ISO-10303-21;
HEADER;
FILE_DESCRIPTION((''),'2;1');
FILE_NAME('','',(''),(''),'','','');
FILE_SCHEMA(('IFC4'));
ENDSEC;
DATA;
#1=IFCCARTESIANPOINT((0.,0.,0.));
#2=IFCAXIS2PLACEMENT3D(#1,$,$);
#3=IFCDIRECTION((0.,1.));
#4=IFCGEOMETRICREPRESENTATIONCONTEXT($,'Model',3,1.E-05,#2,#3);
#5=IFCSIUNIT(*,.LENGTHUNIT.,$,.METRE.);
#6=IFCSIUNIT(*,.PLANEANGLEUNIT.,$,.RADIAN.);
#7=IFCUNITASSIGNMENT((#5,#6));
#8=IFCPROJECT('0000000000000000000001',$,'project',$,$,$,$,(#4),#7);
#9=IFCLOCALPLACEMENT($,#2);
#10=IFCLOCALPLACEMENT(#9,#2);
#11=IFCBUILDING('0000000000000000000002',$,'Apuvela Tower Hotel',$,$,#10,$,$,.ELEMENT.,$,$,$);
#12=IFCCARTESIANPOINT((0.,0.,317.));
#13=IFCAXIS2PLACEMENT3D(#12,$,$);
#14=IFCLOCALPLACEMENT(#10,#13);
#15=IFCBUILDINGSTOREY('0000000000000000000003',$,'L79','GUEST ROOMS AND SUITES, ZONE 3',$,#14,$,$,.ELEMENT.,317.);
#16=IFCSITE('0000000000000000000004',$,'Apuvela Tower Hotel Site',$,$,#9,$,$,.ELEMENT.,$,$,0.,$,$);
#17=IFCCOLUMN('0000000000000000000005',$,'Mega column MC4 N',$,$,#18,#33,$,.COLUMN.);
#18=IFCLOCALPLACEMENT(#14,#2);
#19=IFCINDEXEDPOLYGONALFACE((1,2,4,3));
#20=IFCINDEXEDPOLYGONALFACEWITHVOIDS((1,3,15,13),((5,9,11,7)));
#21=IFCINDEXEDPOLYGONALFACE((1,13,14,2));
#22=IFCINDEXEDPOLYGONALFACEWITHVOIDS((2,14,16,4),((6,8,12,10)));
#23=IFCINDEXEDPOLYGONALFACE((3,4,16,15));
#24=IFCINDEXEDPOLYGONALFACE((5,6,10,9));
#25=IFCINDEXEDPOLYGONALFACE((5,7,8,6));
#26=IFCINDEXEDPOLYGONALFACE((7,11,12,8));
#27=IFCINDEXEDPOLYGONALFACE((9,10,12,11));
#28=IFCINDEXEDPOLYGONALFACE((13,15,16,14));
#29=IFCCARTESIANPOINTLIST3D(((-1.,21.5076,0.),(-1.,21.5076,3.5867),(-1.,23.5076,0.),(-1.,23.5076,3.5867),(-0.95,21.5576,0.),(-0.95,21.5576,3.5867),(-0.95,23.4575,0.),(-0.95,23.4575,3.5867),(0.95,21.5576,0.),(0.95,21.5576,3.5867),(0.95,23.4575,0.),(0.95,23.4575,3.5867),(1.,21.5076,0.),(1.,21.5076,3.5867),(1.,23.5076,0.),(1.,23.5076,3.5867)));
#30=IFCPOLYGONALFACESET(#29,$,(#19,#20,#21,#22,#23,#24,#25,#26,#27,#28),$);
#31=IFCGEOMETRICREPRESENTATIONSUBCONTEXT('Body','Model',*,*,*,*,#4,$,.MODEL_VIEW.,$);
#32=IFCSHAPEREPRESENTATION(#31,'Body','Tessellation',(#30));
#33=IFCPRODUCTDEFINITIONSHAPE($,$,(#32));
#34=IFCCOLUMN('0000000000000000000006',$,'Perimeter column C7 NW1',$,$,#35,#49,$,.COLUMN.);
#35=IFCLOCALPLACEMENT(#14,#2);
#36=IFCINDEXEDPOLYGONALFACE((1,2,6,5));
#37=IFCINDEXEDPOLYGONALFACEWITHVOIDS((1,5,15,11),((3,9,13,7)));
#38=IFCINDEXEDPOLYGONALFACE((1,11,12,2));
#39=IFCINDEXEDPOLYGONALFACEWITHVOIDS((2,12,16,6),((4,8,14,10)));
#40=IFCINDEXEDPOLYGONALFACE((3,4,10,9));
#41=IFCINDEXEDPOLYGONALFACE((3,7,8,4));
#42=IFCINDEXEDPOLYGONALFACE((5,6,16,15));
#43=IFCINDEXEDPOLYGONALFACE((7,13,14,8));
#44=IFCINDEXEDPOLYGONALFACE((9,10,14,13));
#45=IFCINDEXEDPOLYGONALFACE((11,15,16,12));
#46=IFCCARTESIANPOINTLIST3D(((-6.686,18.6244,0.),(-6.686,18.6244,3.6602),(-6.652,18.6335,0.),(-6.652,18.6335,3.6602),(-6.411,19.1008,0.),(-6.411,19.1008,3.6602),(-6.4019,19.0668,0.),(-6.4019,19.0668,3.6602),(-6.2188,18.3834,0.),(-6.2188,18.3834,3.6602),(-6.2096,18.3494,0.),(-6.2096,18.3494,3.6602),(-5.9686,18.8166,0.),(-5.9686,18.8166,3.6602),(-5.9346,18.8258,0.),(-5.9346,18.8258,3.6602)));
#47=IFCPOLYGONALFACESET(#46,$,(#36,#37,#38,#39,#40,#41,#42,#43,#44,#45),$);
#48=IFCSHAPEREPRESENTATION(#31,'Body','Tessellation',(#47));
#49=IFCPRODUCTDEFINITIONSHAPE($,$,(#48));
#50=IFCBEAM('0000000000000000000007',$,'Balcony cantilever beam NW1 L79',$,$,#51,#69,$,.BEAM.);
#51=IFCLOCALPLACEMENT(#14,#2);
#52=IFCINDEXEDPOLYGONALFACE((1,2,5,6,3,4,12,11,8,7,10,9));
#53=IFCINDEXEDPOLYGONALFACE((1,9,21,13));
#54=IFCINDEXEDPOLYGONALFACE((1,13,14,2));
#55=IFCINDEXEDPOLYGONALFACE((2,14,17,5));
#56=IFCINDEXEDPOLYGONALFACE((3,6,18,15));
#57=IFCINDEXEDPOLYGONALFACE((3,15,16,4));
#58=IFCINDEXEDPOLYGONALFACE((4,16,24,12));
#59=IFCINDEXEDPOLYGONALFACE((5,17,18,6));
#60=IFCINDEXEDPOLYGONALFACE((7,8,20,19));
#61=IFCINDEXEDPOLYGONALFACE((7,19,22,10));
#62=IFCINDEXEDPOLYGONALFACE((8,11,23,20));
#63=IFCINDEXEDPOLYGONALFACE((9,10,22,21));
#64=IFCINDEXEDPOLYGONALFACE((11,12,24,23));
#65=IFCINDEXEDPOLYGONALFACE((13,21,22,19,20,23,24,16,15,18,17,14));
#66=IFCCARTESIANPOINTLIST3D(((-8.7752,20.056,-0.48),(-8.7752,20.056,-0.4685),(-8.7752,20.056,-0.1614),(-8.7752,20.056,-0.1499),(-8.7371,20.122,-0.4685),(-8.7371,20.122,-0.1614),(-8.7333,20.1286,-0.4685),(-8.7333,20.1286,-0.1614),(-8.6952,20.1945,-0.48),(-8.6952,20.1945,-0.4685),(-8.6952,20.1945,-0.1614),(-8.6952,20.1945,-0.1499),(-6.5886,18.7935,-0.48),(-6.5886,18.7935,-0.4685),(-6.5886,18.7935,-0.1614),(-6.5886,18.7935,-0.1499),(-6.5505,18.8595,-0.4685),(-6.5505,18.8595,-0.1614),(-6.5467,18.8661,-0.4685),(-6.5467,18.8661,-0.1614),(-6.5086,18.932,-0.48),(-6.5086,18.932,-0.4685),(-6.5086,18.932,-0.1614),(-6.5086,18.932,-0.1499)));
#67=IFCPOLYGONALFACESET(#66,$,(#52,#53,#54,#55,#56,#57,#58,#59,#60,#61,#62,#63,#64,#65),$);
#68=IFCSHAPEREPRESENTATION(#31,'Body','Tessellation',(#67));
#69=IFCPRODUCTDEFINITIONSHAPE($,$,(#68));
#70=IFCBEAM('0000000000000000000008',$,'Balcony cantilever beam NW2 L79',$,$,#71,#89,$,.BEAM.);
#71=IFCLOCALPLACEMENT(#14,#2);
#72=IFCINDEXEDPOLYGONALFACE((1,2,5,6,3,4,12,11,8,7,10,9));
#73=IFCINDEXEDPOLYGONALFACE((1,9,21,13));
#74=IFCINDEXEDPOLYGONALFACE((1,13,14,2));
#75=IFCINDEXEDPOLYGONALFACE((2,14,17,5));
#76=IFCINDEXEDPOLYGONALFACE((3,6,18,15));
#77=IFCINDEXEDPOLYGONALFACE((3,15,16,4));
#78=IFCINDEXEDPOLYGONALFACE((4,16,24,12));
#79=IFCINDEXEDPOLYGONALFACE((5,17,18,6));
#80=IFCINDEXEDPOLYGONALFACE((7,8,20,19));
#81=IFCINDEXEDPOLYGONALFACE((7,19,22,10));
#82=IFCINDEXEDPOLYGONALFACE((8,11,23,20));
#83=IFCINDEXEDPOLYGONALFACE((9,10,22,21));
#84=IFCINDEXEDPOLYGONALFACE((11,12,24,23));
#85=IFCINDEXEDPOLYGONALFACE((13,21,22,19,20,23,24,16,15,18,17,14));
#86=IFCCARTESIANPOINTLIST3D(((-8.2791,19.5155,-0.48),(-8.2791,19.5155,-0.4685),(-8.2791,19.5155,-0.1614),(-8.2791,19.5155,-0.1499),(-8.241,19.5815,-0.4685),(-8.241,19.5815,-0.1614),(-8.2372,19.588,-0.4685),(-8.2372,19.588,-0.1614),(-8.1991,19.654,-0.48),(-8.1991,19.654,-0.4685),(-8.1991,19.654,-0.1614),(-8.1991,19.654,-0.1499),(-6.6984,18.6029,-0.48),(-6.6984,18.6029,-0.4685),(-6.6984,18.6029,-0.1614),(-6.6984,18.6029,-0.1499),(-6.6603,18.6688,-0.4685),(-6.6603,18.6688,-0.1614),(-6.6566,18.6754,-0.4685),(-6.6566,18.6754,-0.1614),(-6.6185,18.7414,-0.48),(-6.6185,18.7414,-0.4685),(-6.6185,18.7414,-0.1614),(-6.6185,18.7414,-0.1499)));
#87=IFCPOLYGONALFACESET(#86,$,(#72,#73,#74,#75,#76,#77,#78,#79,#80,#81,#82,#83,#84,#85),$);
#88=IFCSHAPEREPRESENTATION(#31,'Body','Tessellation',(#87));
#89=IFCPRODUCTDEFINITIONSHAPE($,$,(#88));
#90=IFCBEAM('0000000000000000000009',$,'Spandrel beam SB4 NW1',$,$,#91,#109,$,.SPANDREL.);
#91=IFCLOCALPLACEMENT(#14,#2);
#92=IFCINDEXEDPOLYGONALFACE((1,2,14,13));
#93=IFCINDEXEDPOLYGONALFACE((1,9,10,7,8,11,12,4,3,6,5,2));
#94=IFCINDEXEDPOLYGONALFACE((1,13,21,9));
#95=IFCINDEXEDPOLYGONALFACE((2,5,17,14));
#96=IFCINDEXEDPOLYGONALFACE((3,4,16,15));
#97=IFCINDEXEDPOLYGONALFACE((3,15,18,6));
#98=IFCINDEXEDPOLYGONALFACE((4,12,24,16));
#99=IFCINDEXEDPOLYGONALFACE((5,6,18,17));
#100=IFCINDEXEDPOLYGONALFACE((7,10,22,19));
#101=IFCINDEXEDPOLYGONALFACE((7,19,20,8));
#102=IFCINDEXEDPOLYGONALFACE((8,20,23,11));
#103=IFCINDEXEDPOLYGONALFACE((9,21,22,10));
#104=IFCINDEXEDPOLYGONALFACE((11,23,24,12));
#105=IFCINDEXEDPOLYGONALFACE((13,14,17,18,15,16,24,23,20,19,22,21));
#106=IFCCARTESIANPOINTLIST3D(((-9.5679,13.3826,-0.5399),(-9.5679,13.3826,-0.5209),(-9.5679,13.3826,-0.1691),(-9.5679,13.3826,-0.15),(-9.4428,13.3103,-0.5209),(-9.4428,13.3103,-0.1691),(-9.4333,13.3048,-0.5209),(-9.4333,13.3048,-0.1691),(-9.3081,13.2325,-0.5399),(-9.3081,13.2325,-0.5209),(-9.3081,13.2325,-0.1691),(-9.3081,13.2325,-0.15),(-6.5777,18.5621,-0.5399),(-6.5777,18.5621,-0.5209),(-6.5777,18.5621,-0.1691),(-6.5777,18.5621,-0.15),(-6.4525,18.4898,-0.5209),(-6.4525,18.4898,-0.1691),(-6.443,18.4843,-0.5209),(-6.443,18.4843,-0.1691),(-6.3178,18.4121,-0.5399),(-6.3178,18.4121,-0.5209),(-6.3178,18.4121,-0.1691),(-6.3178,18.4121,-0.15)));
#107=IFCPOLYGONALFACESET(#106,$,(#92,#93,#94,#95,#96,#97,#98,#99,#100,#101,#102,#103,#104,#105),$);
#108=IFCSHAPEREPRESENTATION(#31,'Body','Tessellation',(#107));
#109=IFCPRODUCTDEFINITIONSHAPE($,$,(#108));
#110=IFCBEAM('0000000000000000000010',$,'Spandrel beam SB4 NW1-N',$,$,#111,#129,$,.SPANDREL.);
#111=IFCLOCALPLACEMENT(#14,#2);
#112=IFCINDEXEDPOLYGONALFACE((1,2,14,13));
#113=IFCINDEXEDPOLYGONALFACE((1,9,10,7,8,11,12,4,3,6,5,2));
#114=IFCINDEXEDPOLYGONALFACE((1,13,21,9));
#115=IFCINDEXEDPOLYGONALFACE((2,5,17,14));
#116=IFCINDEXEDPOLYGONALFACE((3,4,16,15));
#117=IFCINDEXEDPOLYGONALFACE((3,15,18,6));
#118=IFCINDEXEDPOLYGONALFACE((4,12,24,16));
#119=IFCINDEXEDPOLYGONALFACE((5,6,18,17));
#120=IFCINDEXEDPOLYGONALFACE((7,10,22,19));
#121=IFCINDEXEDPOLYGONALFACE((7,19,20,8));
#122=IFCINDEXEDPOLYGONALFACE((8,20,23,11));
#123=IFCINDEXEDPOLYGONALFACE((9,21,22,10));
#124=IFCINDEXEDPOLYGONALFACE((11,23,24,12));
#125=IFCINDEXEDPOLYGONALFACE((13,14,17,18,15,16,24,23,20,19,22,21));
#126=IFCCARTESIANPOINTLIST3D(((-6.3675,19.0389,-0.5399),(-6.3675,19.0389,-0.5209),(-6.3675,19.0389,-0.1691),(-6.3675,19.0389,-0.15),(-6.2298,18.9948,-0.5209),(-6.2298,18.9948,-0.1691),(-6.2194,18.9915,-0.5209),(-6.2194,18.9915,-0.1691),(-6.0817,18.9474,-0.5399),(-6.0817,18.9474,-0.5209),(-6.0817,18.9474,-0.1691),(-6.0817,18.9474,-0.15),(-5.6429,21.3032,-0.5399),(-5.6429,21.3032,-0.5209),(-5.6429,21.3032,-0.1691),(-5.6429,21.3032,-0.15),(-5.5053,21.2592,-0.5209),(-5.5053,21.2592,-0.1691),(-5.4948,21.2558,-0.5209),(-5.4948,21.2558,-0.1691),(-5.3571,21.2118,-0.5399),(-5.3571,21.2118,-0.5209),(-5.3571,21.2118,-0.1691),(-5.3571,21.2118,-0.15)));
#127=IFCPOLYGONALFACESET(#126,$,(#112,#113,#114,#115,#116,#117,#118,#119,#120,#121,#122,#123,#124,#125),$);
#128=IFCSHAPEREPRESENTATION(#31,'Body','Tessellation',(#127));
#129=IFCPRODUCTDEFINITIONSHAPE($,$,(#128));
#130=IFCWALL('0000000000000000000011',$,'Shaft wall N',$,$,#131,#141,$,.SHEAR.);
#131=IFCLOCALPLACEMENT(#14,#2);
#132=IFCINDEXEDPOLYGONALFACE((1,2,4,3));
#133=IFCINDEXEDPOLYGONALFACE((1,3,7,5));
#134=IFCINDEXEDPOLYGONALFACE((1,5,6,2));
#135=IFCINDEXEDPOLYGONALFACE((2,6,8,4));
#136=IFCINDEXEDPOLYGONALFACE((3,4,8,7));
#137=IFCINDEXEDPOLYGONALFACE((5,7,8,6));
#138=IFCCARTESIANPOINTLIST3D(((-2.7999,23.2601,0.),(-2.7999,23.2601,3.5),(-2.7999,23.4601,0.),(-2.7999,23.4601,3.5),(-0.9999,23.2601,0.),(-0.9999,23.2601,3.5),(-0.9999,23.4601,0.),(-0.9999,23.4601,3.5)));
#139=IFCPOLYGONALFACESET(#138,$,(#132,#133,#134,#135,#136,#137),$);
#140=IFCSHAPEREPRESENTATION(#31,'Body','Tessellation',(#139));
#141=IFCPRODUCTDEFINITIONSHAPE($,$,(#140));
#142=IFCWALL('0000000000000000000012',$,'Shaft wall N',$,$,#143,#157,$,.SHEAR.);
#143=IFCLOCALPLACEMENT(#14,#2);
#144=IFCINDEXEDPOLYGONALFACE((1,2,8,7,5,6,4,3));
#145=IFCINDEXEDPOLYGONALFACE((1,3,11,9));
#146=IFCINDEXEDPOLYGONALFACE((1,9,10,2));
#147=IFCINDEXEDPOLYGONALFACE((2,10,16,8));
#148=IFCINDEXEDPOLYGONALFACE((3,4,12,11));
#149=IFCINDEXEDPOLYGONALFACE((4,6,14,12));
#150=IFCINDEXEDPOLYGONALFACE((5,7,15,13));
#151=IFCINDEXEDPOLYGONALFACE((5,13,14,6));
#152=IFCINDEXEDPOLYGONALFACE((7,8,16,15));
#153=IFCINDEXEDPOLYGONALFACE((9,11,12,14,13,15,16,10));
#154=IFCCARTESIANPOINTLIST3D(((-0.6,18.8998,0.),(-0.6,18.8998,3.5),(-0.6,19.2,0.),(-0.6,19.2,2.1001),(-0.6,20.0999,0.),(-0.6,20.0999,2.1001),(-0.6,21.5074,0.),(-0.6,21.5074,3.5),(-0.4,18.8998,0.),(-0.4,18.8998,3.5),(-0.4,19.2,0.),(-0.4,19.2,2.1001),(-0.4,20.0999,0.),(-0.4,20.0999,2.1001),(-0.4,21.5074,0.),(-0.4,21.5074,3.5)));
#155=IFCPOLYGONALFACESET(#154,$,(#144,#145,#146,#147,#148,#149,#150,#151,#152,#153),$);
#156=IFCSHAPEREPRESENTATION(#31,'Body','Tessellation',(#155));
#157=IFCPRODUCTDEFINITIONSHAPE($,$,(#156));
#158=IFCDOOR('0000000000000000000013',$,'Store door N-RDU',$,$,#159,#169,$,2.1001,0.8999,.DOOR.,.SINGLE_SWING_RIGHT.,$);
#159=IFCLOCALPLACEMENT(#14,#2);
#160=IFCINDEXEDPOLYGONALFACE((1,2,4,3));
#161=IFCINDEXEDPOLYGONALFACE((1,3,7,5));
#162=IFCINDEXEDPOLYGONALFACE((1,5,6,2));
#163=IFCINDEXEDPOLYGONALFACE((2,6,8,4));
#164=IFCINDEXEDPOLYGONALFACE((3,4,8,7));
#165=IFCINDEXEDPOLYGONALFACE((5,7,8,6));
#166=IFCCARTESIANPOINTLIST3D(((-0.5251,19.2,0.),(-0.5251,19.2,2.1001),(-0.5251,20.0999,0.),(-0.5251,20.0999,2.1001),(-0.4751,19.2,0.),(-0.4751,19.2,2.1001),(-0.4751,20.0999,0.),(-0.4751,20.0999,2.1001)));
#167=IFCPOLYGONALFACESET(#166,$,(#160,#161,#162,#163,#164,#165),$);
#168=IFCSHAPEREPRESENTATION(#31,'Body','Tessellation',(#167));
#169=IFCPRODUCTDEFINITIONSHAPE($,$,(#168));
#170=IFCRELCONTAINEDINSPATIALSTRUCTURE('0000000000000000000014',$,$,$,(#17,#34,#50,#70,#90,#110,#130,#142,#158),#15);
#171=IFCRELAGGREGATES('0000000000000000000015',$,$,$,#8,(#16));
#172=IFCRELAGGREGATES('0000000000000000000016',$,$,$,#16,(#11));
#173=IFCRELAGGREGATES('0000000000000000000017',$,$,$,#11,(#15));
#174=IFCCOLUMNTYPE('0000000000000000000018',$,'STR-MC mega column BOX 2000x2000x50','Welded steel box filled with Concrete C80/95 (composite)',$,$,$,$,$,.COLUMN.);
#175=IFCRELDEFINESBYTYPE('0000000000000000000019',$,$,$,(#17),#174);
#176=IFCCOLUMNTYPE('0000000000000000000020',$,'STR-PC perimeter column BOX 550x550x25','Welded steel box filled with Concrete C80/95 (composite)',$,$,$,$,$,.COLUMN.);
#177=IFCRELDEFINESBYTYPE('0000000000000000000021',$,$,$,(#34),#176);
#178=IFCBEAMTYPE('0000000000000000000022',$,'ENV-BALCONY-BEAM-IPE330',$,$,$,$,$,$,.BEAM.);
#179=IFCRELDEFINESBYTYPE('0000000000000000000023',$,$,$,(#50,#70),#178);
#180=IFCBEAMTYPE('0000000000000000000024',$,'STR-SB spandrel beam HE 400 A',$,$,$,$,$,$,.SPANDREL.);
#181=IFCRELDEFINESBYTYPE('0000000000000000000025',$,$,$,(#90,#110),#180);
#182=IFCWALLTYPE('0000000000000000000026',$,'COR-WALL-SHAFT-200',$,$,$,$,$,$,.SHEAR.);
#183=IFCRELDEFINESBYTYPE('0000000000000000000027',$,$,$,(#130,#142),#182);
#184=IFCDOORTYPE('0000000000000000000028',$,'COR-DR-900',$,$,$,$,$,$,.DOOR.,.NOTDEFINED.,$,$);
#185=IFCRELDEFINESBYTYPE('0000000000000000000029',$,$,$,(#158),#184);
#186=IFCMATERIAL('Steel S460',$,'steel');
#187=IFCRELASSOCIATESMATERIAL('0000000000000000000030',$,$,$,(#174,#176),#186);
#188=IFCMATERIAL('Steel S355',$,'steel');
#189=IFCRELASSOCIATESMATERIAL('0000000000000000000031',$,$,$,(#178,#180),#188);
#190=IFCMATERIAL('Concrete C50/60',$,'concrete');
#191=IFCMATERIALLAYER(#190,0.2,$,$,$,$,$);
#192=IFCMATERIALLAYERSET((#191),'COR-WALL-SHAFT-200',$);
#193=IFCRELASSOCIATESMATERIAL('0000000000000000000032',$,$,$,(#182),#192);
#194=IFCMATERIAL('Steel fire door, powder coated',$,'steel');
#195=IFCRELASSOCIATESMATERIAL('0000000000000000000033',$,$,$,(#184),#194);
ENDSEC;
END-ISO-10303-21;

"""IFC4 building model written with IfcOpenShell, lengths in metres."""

from ifc_helpers import new_model, si_unit, direction, frame, frame_2d, origin, origin_2d, place, context, subcontext, project, spatial, rectangle, hollow_rectangle, i_section, extrude, boolean, halfspace, material, layer, layer_set, material_profile, profile_set, type_object, element, fill, save


model = new_model("IFC4")

# Units and contexts
model_context = context("Model", 3, precision=1e-05, world=origin(), true_north=direction((0.0, 1.0)))
body_context = subcontext(model_context, "Body", "Model", "MODEL_VIEW")
ifc_project = project(units=[si_unit("LENGTHUNIT", "METRE"), si_unit("PLANEANGLEUNIT", "RADIAN")], contexts=[model_context])

# Site, building, storey
site_placement = place(None, origin())
site = spatial("IfcSite", under=ifc_project, at=site_placement, Name="Apuvela Tower Hotel Site", CompositionType="ELEMENT", RefElevation=0.0)
building_placement = place(site_placement, origin())
building = spatial("IfcBuilding", under=site, at=building_placement, Name="Apuvela Tower Hotel", CompositionType="ELEMENT")
storey_placement = place(building_placement, frame((0.0, 0.0, 317.0)))
storey = spatial("IfcBuildingStorey", under=building, at=storey_placement, Name="L79", Description="GUEST ROOMS AND SUITES, ZONE 3", CompositionType="ELEMENT", Elevation=317.0)

# Columns
ifc_material_1 = material(Name="Steel S460", Category="steel")
ifc_material_profile_1 = material_profile(ifc_material_1, hollow_rectangle(XDim=2.0, YDim=2.0, WallThickness=0.05, at=origin_2d()), Name="BOX 2000x2000x50")
ifc_material_2 = material(Name="Concrete C80/95", Category="concrete")
ifc_material_profile_2 = material_profile(ifc_material_2, rectangle(XDim=1.8999, YDim=1.8999, at=origin_2d()), Name="Concrete C80/95 infill")
ifc_profile_set_1 = profile_set([ifc_material_profile_1, ifc_material_profile_2], Name="Steel S460")
column_type_1 = type_object("IfcColumnType", Name="STR-MC mega column BOX 2000x2000x50", Description="Welded steel box filled with Concrete C80/95 (composite)", PredefinedType="COLUMN", material=ifc_profile_set_1)
column_1_placement = place(storey_placement, frame((0.0, 22.5076, 0.0), z_axis=(0.0, 0.0, 1.0), x_axis=(1.0, 0.0, 0.0)))
element("IfcColumn", 1, at=column_1_placement, inside=storey, type_object=column_type_1, Name="Mega column MC4 N", PredefinedType="COLUMN", context=body_context, shape_type="SweptSolid", body=[
    boolean("DIFFERENCE", extrude(hollow_rectangle(XDim=2.0, YDim=2.0, WallThickness=0.05, at=origin_2d()), origin(), (0.0, 0.0, 1.0), 3.7), halfspace(frame((0.0, 0.0, 3.5867), z_axis=(0.0, 0.0, 1.0), x_axis=(1.0, 0.0, 0.0)), False)),
])
ifc_material_profile_3 = material_profile(ifc_material_1, hollow_rectangle(XDim=0.55, YDim=0.55, WallThickness=0.0249, at=origin_2d()), Name="BOX 550x550x25")
ifc_material_profile_4 = material_profile(ifc_material_2, rectangle(XDim=0.5, YDim=0.5, at=origin_2d()), Name="Concrete C80/95 infill")
ifc_profile_set_2 = profile_set([ifc_material_profile_3, ifc_material_profile_4], Name="Steel S460")
column_type_2 = type_object("IfcColumnType", Name="STR-PC perimeter column BOX 550x550x25", Description="Welded steel box filled with Concrete C80/95 (composite)", PredefinedType="COLUMN", material=ifc_profile_set_2)
column_2_placement = place(storey_placement, frame((-6.3103, 18.7251, 0.0), z_axis=(0.0, 0.0, 1.0), x_axis=(0.5, 0.866025, 0.0)))
element("IfcColumn", 2, at=column_2_placement, inside=storey, type_object=column_type_2, Name="Perimeter column C7 NW1", PredefinedType="COLUMN", context=body_context, shape_type="SweptSolid", body=[
    boolean("DIFFERENCE", extrude(hollow_rectangle(XDim=0.55, YDim=0.55, WallThickness=0.0249, at=origin_2d()), origin(), (0.0, 0.0, 1.0), 3.7), halfspace(frame((0.0, 0.0, 3.6602), z_axis=(0.0, 0.0, 1.0), x_axis=(1.0, 0.0, 0.0)), False)),
])

# Beams
ifc_material_3 = material(Name="Steel S355", Category="steel")
ifc_material_profile_5 = material_profile(ifc_material_3, i_section(OverallWidth=0.1599, OverallDepth=0.3301, WebThickness=0.0076, FlangeThickness=0.0115, at=origin_2d()), Name="IPE 330")
ifc_profile_set_3 = profile_set([ifc_material_profile_5], Name="Steel S355")
beam_type_1 = type_object("IfcBeamType", Name="ENV-BALCONY-BEAM-IPE330", PredefinedType="BEAM", material=ifc_profile_set_3)
beam_1_placement = place(storey_placement, frame((-6.5486, 18.8628, -0.3149), z_axis=(-0.866015, 0.500018, 0.0), x_axis=(-0.500018, -0.866015, 0.0)))
element("IfcBeam", 3, at=beam_1_placement, inside=storey, type_object=beam_type_1, Name="Balcony cantilever beam NW1 L79", PredefinedType="BEAM", context=body_context, shape_type="SweptSolid", body=[
    extrude(i_section(OverallWidth=0.1599, OverallDepth=0.3301, WebThickness=0.0076, FlangeThickness=0.0115, at=origin_2d()), origin(), (0.0, 0.0, 1.0), 2.5249),
])
beam_2_placement = place(storey_placement, frame((-6.6584, 18.6721, -0.3149), z_axis=(-0.866012, 0.500024, 0.0), x_axis=(-0.500024, -0.866012, 0.0)))
element("IfcBeam", 4, at=beam_2_placement, inside=storey, type_object=beam_type_1, Name="Balcony cantilever beam NW2 L79", PredefinedType="BEAM", context=body_context, shape_type="SweptSolid", body=[
    extrude(i_section(OverallWidth=0.1599, OverallDepth=0.3301, WebThickness=0.0076, FlangeThickness=0.0115, at=origin_2d()), origin(), (0.0, 0.0, 1.0), 1.8252),
])
ifc_material_profile_6 = material_profile(ifc_material_3, i_section(OverallWidth=0.3, OverallDepth=0.3899, WebThickness=0.011, FlangeThickness=0.019, at=origin_2d()), Name="HE 400 A")
ifc_profile_set_4 = profile_set([ifc_material_profile_6], Name="Steel S355")
beam_type_2 = type_object("IfcBeamType", Name="STR-SB spandrel beam HE 400 A", PredefinedType="SPANDREL", material=ifc_profile_set_4)
beam_3_placement = place(storey_placement, frame((-6.4478, 18.4871, -0.345), z_axis=(-0.499985, -0.866034, 0.0), x_axis=(0.866034, -0.499985, 0.0)))
element("IfcBeam", 5, at=beam_3_placement, inside=storey, type_object=beam_type_2, Name="Spandrel beam SB4 NW1", PredefinedType="SPANDREL", context=body_context, shape_type="SweptSolid", body=[
    extrude(i_section(OverallWidth=0.3, OverallDepth=0.3899, WebThickness=0.011, FlangeThickness=0.019, at=origin_2d()), origin(), (0.0, 0.0, 1.0), 5.9807),
])
beam_4_placement = place(storey_placement, frame((-6.2246, 18.9932, -0.345), z_axis=(0.304776, 0.952424, 0.0), x_axis=(-0.952424, 0.304776, 0.0)))
element("IfcBeam", 6, at=beam_4_placement, inside=storey, type_object=beam_type_2, Name="Spandrel beam SB4 NW1-N", PredefinedType="SPANDREL", context=body_context, shape_type="SweptSolid", body=[
    extrude(i_section(OverallWidth=0.3, OverallDepth=0.3899, WebThickness=0.011, FlangeThickness=0.019, at=origin_2d()), origin(), (0.0, 0.0, 1.0), 2.3774),
])

# Wall
ifc_material_4 = material(Name="Concrete C50/60", Category="concrete")
ifc_layer_1 = layer(ifc_material_4, 0.2)
ifc_layer_set_1 = layer_set([ifc_layer_1], Name="COR-WALL-SHAFT-200")
wall_type_1 = type_object("IfcWallType", Name="COR-WALL-SHAFT-200", PredefinedType="SHEAR", material=ifc_layer_set_1)
wall_1_placement = place(storey_placement, frame((-1.0, 23.3601, 0.0), z_axis=(0.0, 0.0, 1.0), x_axis=(-1.0, 0.0, 0.0)))
element("IfcWall", 7, at=wall_1_placement, inside=storey, type_object=wall_type_1, Name="Shaft wall N", PredefinedType="SHEAR", context=body_context, shape_type="SweptSolid", body=[
    extrude(rectangle(XDim=1.8, YDim=0.2, at=frame_2d((0.8999, 0.0))), origin(), (0.0, 0.0, 1.0), 3.5),
])

# Wall, opening, door
wall_2_placement = place(storey_placement, frame((-0.5, 18.8999, 0.0), z_axis=(0.0, 0.0, 1.0), x_axis=(0.0, 1.0, 0.0)))
wall_2 = element("IfcWall", 8, at=wall_2_placement, inside=storey, type_object=wall_type_1, Name="Shaft wall N", PredefinedType="SHEAR", context=body_context, shape_type="SweptSolid", body=[
    extrude(rectangle(XDim=2.6077, YDim=0.2, at=frame_2d((1.3037, 0.0))), origin(), (0.0, 0.0, 1.0), 3.5),
])
opening_1_placement = place(wall_2_placement, frame((0.3, 0.0, 0.0)))
opening_1 = element("IfcOpeningElement", 9, at=opening_1_placement, cuts=wall_2, PredefinedType="OPENING", context=body_context, shape_type="SweptSolid", body=[
    extrude(rectangle(XDim=0.8999, YDim=2.1001, at=frame_2d((0.45, 1.05))), frame((0.0, 0.1099, 0.0), z_axis=(0.0, -1.0, 0.0), x_axis=(1.0, 0.0, 0.0)), (0.0, 0.0, 1.0), 0.22),
])
ifc_material_5 = material(Name="Steel fire door, powder coated", Category="steel")
door_type_1 = type_object("IfcDoorType", Name="COR-DR-900", OperationType="NOTDEFINED", PredefinedType="DOOR", material=ifc_material_5)
door_1_placement = place(opening_1_placement, frame((0.8999, 0.0, 0.0), z_axis=(0.0, 0.0, 1.0), x_axis=(-1.0, 0.0, 0.0)))
door_1 = element("IfcDoor", 10, at=door_1_placement, inside=storey, type_object=door_type_1, Name="Store door N-RDU", OperationType="SINGLE_SWING_RIGHT", OverallHeight=2.1001, OverallWidth=0.8999, PredefinedType="DOOR", context=body_context, shape_type="SweptSolid", body=[
    extrude(rectangle(XDim=0.8999, YDim=2.1001, at=frame_2d((0.45, 1.05))), frame((0.0, 0.0249, 0.0), z_axis=(0.0, -1.0, 0.0), x_axis=(1.0, 0.0, 0.0)), (0.0, 0.0, 1.0), 0.05),
])
fill(opening_1, door_1)

save(model, "model.ifc")
